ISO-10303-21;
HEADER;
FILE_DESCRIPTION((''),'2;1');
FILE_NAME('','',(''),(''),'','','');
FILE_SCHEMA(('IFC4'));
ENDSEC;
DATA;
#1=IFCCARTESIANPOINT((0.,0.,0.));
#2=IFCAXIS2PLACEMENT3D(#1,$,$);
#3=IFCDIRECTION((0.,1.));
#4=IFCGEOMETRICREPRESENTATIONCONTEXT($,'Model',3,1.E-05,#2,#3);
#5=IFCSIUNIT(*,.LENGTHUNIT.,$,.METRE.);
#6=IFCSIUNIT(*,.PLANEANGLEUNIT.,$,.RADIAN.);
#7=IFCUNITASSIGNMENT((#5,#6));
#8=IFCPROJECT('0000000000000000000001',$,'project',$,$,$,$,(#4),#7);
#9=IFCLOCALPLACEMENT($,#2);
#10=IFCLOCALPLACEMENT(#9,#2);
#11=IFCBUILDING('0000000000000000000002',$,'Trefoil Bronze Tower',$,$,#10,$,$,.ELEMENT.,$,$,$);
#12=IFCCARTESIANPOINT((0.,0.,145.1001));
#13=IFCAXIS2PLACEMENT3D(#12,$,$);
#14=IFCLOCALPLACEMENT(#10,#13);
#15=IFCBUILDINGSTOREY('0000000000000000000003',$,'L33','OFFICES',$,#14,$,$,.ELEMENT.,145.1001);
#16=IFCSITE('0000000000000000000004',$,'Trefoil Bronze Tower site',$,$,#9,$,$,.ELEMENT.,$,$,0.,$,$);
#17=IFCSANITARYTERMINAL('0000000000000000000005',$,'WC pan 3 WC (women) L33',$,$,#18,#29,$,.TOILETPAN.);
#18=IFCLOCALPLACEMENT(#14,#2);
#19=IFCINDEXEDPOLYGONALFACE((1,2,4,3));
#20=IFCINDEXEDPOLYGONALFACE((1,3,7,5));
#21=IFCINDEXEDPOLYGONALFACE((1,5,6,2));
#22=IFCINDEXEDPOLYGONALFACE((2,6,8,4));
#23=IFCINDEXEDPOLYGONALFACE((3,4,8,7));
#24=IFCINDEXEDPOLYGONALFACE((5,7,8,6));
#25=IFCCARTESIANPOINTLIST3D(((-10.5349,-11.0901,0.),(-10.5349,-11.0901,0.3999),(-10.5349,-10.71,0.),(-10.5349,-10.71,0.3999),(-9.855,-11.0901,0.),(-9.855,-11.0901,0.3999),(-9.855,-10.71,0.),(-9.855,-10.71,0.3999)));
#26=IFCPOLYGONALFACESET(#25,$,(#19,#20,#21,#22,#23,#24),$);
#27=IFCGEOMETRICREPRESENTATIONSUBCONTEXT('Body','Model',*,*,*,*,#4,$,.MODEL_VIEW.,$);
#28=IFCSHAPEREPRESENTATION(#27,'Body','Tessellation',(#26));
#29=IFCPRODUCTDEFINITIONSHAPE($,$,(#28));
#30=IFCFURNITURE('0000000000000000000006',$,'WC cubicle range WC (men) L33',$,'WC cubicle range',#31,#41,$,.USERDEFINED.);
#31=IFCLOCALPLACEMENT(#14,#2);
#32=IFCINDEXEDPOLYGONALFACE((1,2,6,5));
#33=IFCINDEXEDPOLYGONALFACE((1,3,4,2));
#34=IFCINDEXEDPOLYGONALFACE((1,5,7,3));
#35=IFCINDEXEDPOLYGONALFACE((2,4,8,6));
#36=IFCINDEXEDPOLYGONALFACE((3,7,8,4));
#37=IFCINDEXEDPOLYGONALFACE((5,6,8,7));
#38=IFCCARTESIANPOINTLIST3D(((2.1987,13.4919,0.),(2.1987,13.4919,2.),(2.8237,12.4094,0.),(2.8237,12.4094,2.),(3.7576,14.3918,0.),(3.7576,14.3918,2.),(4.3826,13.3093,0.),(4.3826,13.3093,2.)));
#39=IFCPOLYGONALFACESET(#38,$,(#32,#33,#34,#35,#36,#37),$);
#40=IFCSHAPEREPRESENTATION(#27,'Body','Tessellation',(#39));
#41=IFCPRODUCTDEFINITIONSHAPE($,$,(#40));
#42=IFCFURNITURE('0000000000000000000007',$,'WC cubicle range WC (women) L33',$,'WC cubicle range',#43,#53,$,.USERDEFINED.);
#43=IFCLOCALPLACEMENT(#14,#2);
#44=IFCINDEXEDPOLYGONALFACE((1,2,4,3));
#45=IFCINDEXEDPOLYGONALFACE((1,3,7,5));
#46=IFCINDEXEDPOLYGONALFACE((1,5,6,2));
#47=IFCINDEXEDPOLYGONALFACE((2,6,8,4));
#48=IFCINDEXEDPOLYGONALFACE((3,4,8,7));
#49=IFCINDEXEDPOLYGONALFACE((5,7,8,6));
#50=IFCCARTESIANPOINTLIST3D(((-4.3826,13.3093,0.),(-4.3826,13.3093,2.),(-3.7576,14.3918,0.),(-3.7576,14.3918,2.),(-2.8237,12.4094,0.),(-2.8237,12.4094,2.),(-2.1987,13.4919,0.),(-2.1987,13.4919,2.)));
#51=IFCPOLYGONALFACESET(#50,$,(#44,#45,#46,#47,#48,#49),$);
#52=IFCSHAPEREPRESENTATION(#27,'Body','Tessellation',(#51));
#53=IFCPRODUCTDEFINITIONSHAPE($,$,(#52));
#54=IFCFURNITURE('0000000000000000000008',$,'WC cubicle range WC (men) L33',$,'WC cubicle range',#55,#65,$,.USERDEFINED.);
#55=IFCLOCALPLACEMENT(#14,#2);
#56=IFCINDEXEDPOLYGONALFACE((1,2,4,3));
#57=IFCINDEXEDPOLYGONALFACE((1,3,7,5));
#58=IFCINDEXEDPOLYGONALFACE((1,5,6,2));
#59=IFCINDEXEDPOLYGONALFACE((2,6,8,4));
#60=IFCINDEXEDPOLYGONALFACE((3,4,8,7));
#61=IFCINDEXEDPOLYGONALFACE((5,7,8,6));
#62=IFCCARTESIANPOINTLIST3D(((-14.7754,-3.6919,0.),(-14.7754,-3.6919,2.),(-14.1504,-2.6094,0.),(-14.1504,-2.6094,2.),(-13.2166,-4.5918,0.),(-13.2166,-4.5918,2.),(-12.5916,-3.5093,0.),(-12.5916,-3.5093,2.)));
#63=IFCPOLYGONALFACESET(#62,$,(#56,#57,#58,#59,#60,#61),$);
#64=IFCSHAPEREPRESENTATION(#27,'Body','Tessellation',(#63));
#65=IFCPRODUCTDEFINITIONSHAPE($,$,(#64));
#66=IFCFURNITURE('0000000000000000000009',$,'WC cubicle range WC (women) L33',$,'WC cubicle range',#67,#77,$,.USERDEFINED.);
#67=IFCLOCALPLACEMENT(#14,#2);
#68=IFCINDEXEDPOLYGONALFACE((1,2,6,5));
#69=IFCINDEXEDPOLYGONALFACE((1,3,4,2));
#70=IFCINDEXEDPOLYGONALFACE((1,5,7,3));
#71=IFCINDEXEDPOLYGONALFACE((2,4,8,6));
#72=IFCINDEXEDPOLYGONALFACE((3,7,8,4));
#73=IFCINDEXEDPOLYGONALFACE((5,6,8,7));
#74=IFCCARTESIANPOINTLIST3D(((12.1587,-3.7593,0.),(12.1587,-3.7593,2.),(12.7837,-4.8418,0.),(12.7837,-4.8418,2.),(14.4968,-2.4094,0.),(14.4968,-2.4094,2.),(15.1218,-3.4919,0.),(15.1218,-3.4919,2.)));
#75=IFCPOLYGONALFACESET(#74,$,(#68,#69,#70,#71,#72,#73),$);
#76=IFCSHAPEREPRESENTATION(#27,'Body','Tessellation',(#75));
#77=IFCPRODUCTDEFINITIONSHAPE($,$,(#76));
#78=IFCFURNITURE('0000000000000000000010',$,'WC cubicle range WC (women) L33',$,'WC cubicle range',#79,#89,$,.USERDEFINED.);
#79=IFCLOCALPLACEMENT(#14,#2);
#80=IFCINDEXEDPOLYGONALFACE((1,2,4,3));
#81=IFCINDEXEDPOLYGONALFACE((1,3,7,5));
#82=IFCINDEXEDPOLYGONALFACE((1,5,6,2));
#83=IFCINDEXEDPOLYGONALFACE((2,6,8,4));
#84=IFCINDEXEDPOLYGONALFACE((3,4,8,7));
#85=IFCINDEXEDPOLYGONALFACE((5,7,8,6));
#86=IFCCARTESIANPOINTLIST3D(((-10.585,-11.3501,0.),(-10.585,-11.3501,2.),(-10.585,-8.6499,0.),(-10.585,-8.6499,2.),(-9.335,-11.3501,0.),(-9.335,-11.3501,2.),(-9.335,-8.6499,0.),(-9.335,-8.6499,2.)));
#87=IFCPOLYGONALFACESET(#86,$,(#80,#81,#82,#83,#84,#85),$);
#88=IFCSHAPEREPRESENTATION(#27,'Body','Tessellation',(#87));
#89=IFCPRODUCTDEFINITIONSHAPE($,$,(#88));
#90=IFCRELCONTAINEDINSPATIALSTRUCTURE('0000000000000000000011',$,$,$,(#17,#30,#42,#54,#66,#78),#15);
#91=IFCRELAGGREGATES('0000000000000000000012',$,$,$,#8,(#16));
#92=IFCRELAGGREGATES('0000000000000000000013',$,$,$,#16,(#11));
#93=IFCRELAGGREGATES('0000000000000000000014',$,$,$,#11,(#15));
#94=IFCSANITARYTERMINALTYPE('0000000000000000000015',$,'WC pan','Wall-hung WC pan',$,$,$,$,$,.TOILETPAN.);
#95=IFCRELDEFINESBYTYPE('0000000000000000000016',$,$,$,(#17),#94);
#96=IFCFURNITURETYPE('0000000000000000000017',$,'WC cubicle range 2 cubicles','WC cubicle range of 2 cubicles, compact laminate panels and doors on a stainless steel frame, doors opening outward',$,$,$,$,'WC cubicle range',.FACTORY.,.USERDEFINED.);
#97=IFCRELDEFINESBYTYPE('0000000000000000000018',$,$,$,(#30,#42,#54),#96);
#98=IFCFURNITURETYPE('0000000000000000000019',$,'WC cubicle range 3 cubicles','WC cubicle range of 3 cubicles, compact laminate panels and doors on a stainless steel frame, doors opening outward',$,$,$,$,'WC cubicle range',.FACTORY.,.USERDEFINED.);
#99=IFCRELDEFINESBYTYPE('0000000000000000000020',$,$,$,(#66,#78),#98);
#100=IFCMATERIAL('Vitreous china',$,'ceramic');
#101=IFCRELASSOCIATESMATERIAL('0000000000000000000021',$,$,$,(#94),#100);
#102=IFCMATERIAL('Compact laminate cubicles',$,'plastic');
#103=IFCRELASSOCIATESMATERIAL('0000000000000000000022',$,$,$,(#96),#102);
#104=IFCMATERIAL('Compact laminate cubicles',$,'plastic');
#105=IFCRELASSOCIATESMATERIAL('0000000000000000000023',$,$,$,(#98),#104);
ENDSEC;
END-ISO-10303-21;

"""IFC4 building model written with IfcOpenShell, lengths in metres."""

from ifc_helpers import new_model, si_unit, direction, frame, origin, place, context, subcontext, project, spatial, polyline, outline, extrude, material, type_object, element, save


model = new_model("IFC4")

# Units and contexts
model_context = context("Model", 3, precision=1e-05, world=origin(), true_north=direction((0.0, 1.0)))
body_context = subcontext(model_context, "Body", "Model", "MODEL_VIEW")
ifc_project = project(units=[si_unit("LENGTHUNIT", "METRE"), si_unit("PLANEANGLEUNIT", "RADIAN")], contexts=[model_context])

# Site, building, storey
site_placement = place(None, origin())
site = spatial("IfcSite", under=ifc_project, at=site_placement, Name="Trefoil Bronze Tower site", CompositionType="ELEMENT", RefElevation=0.0)
building_placement = place(site_placement, origin())
building = spatial("IfcBuilding", under=site, at=building_placement, Name="Trefoil Bronze Tower", CompositionType="ELEMENT")
storey_placement = place(building_placement, frame((0.0, 0.0, 145.1001)))
storey = spatial("IfcBuildingStorey", under=building, at=storey_placement, Name="L33", Description="OFFICES", CompositionType="ELEMENT", Elevation=145.1001)

# Sanitary terminal
ifc_material_1 = material(Name="Vitreous china", Category="ceramic")
sanitary_terminal_type_1 = type_object("IfcSanitaryTerminalType", Name="WC pan", Description="Wall-hung WC pan", PredefinedType="TOILETPAN", material=ifc_material_1)
sanitary_terminal_1_placement = place(storey_placement, origin())
element("IfcSanitaryTerminal", 1, at=sanitary_terminal_1_placement, inside=storey, type_object=sanitary_terminal_type_1, Name="WC pan 3 WC (women) L33", PredefinedType="TOILETPAN", context=body_context, shape_type="SweptSolid", body=[
    extrude(outline(polyline([(-9.855, -10.71), (-10.5349, -10.71), (-10.5349, -11.0901), (-9.855, -11.0901), (-9.855, -10.71)])), origin(), (0.0, 0.0, 1.0), 0.3999),
])

# Furniture
ifc_material_2 = material(Name="Compact laminate cubicles", Category="plastic")
furniture_type_1 = type_object("IfcFurnitureType", Name="WC cubicle range 2 cubicles", Description="WC cubicle range of 2 cubicles, compact laminate panels and doors on a stainless steel frame, doors opening outward", ElementType="WC cubicle range", AssemblyPlace="FACTORY", PredefinedType="USERDEFINED", material=ifc_material_2)
furniture_1_placement = place(storey_placement, origin())
element("IfcFurniture", 2, at=furniture_1_placement, inside=storey, type_object=furniture_type_1, Name="WC cubicle range WC (men) L33", ObjectType="WC cubicle range", PredefinedType="USERDEFINED", context=body_context, shape_type="SweptSolid", body=[
    extrude(outline(polyline([(2.8237, 12.4094), (2.1987, 13.4919), (3.7576, 14.3918), (4.3826, 13.3093), (2.8237, 12.4094)])), origin(), (0.0, 0.0, 1.0), 2.0),
])
furniture_2_placement = place(storey_placement, origin())
element("IfcFurniture", 3, at=furniture_2_placement, inside=storey, type_object=furniture_type_1, Name="WC cubicle range WC (women) L33", ObjectType="WC cubicle range", PredefinedType="USERDEFINED", context=body_context, shape_type="SweptSolid", body=[
    extrude(outline(polyline([(-2.8237, 12.4094), (-2.1987, 13.4919), (-3.7576, 14.3918), (-4.3826, 13.3093), (-2.8237, 12.4094)])), origin(), (0.0, 0.0, 1.0), 2.0),
])
furniture_3_placement = place(storey_placement, origin())
element("IfcFurniture", 4, at=furniture_3_placement, inside=storey, type_object=furniture_type_1, Name="WC cubicle range WC (men) L33", ObjectType="WC cubicle range", PredefinedType="USERDEFINED", context=body_context, shape_type="SweptSolid", body=[
    extrude(outline(polyline([(-12.5916, -3.5093), (-13.2166, -4.5918), (-14.7754, -3.6919), (-14.1504, -2.6094), (-12.5916, -3.5093)])), origin(), (0.0, 0.0, 1.0), 2.0),
])
ifc_material_3 = material(Name="Compact laminate cubicles", Category="plastic")
furniture_type_2 = type_object("IfcFurnitureType", Name="WC cubicle range 3 cubicles", Description="WC cubicle range of 3 cubicles, compact laminate panels and doors on a stainless steel frame, doors opening outward", ElementType="WC cubicle range", AssemblyPlace="FACTORY", PredefinedType="USERDEFINED", material=ifc_material_3)
furniture_4_placement = place(storey_placement, origin())
element("IfcFurniture", 5, at=furniture_4_placement, inside=storey, type_object=furniture_type_2, Name="WC cubicle range WC (women) L33", ObjectType="WC cubicle range", PredefinedType="USERDEFINED", context=body_context, shape_type="SweptSolid", body=[
    extrude(outline(polyline([(12.1587, -3.7593), (12.7837, -4.8418), (15.1218, -3.4919), (14.4968, -2.4094), (12.1587, -3.7593)])), origin(), (0.0, 0.0, 1.0), 2.0),
])
furniture_5_placement = place(storey_placement, origin())
element("IfcFurniture", 6, at=furniture_5_placement, inside=storey, type_object=furniture_type_2, Name="WC cubicle range WC (women) L33", ObjectType="WC cubicle range", PredefinedType="USERDEFINED", context=body_context, shape_type="SweptSolid", body=[
    extrude(outline(polyline([(-9.335, -8.6499), (-10.585, -8.6499), (-10.585, -11.3501), (-9.335, -11.3501), (-9.335, -8.6499)])), origin(), (0.0, 0.0, 1.0), 2.0),
])

save(model, "model.ifc")
